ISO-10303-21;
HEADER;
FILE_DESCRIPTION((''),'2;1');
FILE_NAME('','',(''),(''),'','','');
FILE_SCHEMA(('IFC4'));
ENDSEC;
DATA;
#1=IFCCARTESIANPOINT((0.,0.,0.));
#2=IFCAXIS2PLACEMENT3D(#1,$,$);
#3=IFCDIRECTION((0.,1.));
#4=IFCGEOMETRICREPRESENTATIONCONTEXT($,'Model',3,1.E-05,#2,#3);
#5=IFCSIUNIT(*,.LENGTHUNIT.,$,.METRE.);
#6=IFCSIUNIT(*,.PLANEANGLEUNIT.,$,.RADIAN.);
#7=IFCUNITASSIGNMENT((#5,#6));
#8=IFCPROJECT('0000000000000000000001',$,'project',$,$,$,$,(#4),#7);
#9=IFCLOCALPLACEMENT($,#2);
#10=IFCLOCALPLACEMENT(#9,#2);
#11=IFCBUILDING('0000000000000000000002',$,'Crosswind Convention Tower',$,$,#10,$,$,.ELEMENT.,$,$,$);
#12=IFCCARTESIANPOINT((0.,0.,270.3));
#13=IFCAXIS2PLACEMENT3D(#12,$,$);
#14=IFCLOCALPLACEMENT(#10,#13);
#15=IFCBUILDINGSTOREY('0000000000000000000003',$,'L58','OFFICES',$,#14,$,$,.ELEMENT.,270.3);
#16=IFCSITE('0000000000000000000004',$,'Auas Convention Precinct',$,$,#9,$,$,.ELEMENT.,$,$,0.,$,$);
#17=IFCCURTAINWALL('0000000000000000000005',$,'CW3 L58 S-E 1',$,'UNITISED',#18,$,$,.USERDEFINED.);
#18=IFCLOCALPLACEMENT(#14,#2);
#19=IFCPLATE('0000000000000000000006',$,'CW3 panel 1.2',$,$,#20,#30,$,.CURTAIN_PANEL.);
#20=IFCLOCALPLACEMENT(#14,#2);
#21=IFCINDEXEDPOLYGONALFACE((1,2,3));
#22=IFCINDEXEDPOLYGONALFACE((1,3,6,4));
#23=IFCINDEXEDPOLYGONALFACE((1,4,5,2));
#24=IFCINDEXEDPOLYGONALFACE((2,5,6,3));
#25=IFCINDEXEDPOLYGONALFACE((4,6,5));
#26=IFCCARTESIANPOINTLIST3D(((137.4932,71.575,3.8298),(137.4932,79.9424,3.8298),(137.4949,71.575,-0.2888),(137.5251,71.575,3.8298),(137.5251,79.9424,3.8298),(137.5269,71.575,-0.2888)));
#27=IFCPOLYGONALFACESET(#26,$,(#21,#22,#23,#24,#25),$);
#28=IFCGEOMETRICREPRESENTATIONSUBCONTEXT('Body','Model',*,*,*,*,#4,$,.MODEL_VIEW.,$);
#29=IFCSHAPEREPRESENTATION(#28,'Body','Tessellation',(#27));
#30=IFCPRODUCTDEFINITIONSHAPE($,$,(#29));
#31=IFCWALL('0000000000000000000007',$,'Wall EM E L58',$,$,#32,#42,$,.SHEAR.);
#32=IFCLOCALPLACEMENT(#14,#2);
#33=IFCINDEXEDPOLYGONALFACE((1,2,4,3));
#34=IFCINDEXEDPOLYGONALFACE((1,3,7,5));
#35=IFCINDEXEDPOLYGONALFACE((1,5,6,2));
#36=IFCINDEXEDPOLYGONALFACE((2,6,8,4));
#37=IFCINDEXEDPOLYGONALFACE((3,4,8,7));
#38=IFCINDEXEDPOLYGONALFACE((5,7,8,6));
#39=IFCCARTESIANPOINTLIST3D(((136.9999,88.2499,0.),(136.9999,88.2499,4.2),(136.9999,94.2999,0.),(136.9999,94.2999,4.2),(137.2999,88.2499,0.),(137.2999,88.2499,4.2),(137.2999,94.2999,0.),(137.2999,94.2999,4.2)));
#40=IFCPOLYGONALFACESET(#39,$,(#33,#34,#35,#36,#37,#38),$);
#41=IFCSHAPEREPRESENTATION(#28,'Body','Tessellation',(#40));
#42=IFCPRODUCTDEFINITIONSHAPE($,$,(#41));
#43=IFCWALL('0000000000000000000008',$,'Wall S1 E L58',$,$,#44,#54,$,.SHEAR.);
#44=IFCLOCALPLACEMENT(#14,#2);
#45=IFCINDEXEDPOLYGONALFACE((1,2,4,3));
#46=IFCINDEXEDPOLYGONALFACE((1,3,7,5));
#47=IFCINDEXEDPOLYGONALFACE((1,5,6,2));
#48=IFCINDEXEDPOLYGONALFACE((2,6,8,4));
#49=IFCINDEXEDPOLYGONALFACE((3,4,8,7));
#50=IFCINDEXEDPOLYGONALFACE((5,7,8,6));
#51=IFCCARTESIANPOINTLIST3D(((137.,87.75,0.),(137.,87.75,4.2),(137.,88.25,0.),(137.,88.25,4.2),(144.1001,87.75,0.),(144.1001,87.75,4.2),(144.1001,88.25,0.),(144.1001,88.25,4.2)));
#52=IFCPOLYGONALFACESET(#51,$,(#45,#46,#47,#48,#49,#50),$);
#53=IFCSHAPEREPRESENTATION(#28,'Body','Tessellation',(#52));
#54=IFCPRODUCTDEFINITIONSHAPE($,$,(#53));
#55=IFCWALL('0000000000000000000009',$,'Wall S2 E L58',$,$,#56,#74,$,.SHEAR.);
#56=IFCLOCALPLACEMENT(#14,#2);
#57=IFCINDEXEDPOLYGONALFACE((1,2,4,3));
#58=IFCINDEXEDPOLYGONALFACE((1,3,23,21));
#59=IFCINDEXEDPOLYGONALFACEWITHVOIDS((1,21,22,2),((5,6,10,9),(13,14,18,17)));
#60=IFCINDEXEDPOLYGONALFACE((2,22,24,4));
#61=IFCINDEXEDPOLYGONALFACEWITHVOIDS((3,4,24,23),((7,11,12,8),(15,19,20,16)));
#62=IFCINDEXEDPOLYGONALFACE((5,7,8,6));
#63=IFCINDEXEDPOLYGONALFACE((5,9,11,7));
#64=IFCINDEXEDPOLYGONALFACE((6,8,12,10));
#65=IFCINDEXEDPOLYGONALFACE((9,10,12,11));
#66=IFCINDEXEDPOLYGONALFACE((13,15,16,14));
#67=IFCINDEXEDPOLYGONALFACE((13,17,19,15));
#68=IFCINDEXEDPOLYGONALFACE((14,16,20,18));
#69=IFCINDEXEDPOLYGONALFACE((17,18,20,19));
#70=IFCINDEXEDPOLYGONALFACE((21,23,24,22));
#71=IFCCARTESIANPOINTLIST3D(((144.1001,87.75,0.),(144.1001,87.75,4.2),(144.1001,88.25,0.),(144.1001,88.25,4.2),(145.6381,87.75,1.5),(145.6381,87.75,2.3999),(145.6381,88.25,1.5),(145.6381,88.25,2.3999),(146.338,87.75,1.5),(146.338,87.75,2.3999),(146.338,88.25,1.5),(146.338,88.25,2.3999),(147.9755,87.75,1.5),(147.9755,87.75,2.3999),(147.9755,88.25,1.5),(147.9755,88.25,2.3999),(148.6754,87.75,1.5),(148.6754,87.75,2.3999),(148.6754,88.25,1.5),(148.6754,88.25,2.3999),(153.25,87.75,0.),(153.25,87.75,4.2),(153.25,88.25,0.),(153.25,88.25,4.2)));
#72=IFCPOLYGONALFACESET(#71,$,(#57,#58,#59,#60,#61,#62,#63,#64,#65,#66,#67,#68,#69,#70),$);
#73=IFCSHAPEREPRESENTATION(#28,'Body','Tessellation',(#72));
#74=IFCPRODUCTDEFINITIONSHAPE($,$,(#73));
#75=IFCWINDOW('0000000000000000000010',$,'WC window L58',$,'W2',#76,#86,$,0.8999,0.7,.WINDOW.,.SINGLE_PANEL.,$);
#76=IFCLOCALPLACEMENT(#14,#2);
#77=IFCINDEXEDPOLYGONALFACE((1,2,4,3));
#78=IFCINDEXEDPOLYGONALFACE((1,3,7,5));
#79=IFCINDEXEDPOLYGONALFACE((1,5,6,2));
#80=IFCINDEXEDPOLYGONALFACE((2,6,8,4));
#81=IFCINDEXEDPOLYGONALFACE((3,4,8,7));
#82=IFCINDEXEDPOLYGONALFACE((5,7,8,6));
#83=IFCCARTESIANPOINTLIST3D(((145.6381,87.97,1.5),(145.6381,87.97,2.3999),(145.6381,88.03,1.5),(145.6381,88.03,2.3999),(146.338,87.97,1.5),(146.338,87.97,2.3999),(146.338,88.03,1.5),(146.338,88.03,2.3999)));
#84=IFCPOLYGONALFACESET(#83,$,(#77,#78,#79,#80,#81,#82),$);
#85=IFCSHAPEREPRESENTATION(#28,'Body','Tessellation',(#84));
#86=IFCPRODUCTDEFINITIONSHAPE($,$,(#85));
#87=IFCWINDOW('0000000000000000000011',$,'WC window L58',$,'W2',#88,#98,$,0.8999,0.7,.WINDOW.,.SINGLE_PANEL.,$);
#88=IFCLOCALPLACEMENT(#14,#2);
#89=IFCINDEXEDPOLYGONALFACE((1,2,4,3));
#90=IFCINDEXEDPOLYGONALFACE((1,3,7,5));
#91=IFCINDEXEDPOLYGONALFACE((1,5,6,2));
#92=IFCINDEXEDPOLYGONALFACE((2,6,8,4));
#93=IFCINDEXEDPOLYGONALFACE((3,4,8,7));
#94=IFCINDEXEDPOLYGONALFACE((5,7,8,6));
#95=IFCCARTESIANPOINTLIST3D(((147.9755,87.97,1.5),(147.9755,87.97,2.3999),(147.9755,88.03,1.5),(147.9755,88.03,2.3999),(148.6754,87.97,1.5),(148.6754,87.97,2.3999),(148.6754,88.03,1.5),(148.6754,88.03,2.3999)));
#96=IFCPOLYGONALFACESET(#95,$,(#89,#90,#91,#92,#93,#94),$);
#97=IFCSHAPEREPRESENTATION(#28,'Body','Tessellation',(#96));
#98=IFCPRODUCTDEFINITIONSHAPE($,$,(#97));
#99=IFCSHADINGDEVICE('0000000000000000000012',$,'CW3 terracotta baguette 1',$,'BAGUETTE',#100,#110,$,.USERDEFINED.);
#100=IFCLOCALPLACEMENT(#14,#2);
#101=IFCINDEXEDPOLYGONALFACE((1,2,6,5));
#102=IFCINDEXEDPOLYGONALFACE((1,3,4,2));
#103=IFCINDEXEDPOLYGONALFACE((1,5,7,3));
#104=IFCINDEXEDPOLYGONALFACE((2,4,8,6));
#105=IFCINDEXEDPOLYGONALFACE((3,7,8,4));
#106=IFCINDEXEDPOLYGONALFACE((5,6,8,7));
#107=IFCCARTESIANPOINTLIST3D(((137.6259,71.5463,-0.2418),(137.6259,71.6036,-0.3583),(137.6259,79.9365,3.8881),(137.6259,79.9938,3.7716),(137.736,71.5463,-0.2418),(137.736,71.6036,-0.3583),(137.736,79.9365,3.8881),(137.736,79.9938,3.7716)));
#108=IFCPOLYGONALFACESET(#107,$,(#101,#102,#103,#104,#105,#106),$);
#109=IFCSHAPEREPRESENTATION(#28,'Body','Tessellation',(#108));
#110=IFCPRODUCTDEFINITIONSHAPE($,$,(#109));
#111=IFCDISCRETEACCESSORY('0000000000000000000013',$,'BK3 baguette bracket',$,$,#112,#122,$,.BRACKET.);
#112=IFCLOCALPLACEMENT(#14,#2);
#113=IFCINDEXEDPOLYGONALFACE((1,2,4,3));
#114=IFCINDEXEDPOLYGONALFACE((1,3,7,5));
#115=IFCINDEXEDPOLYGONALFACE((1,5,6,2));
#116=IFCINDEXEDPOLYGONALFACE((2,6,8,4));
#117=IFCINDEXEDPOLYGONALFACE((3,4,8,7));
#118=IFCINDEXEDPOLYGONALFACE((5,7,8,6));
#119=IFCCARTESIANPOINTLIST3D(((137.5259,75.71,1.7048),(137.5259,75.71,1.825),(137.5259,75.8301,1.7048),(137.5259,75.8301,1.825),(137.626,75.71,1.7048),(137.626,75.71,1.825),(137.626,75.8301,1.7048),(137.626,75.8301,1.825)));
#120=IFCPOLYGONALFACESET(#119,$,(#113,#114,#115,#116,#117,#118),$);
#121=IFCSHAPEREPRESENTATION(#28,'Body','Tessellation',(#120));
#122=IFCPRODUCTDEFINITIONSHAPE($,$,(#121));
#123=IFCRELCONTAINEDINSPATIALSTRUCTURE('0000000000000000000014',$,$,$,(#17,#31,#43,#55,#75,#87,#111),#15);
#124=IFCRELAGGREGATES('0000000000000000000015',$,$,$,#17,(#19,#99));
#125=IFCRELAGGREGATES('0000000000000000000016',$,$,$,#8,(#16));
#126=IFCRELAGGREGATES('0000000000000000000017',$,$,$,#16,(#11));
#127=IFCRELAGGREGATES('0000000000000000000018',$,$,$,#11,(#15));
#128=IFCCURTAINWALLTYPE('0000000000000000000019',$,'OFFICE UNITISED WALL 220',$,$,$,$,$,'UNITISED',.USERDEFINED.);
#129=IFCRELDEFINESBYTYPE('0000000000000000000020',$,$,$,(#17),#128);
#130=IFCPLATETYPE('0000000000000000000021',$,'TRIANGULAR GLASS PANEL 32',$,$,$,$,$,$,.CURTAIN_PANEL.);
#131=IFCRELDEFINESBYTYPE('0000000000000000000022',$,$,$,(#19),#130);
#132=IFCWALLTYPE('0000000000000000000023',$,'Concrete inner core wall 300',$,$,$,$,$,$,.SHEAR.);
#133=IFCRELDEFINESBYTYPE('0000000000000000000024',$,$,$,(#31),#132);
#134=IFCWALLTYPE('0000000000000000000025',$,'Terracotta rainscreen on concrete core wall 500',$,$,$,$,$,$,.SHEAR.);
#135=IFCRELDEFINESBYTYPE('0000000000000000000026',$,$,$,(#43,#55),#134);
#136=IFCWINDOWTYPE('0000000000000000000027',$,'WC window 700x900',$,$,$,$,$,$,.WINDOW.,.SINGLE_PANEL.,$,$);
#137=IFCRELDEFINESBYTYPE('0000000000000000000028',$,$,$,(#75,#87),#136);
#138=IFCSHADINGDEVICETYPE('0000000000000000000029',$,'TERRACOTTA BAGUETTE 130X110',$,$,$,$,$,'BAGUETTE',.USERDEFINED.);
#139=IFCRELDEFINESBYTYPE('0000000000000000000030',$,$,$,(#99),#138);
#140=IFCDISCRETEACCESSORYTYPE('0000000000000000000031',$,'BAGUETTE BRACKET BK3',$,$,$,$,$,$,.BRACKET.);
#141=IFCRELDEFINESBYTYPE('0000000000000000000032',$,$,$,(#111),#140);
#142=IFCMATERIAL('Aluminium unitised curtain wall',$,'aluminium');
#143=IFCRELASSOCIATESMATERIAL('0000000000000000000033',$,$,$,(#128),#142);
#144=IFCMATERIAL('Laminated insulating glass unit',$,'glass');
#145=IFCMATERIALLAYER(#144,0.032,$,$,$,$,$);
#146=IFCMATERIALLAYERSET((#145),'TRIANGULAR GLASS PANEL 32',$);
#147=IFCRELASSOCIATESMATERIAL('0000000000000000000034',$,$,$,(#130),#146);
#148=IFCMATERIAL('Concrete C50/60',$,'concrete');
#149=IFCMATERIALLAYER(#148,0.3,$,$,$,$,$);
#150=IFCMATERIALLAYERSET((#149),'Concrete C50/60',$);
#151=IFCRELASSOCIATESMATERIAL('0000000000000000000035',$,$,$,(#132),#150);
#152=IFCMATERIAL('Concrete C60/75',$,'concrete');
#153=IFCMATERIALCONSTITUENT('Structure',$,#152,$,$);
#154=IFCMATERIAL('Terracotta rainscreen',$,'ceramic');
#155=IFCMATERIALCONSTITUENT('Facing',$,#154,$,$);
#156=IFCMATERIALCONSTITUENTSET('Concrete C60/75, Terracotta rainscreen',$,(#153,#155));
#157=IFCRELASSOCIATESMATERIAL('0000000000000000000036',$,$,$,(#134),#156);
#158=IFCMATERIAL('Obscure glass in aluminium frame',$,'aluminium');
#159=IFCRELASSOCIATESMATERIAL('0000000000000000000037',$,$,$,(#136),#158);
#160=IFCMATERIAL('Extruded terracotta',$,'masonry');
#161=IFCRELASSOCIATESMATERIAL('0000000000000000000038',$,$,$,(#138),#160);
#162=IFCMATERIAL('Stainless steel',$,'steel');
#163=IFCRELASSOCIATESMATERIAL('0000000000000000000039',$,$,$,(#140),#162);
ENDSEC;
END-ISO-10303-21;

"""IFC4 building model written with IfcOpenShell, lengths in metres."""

from ifc_helpers import new_model, si_unit, direction, frame, frame_2d, origin, origin_2d, place, context, subcontext, project, spatial, polyline, rectangle, outline, extrude, material, layer, layer_set, constituent, constituent_set, material_profile, profile_set, type_object, element, fill, aggregate, save


model = new_model("IFC4")

# Units and contexts
model_context = context("Model", 3, precision=1e-05, world=origin(), true_north=direction((0.0, 1.0)))
body_context = subcontext(model_context, "Body", "Model", "MODEL_VIEW")
ifc_project = project(units=[si_unit("LENGTHUNIT", "METRE"), si_unit("PLANEANGLEUNIT", "RADIAN")], contexts=[model_context])

# Site, building, storey
site_placement = place(None, origin())
site = spatial("IfcSite", under=ifc_project, at=site_placement, Name="Auas Convention Precinct", CompositionType="ELEMENT", RefElevation=0.0)
building_placement = place(site_placement, origin())
building = spatial("IfcBuilding", under=site, at=building_placement, Name="Crosswind Convention Tower", CompositionType="ELEMENT")
storey_placement = place(building_placement, frame((0.0, 0.0, 270.3)))
storey = spatial("IfcBuildingStorey", under=building, at=storey_placement, Name="L58", Description="OFFICES", CompositionType="ELEMENT", Elevation=270.3)

# Shared definitions
ifc_material_1 = material(Name="Concrete C60/75", Category="concrete")

# Shared definitions
ifc_material_2 = material(Name="Aluminium unitised curtain wall", Category="aluminium")

# Curtain wall
curtain_wall_type_1 = type_object("IfcCurtainWallType", Name="OFFICE UNITISED WALL 220", ElementType="UNITISED", PredefinedType="USERDEFINED", material=ifc_material_2)
curtain_wall_1_placement = place(storey_placement, origin())
curtain_wall_1 = element("IfcCurtainWall", 1, at=curtain_wall_1_placement, inside=storey, type_object=curtain_wall_type_1, Name="CW3 L58 S-E 1", ObjectType="UNITISED", PredefinedType="USERDEFINED")

# Plate
ifc_material_3 = material(Name="Laminated insulating glass unit", Category="glass")
ifc_layer_1 = layer(ifc_material_3, 0.032)
ifc_layer_set_1 = layer_set([ifc_layer_1], Name="TRIANGULAR GLASS PANEL 32")
plate_type_1 = type_object("IfcPlateType", Name="TRIANGULAR GLASS PANEL 32", PredefinedType="CURTAIN_PANEL", material=ifc_layer_set_1)
plate_1_placement = place(storey_placement, frame((137.5251, 71.575, 3.8298), z_axis=(1.0, 0.0, 0.000415), x_axis=(0.000415, 0.0, -1.0)))
plate_1 = element("IfcPlate", 2, at=plate_1_placement, type_object=plate_type_1, Name="CW3 panel 1.2", PredefinedType="CURTAIN_PANEL", context=body_context, shape_type="SweptSolid", body=[
    extrude(outline(polyline([(0.0, 0.0), (4.1187, 0.0), (0.0, 8.3674), (0.0, 0.0)])), origin(), (0.0, 0.0, -1.0), 0.032),
])

# Walls
ifc_material_4 = material(Name="Concrete C50/60", Category="concrete")
ifc_layer_2 = layer(ifc_material_4, 0.3)
ifc_layer_set_2 = layer_set([ifc_layer_2], Name="Concrete C50/60")
wall_type_1 = type_object("IfcWallType", Name="Concrete inner core wall 300", PredefinedType="SHEAR", material=ifc_layer_set_2)
wall_1_placement = place(storey_placement, frame((137.1499, 88.25, 0.0), z_axis=(0.0, 0.0, 1.0), x_axis=(0.0, 1.0, 0.0)))
element("IfcWall", 3, at=wall_1_placement, inside=storey, type_object=wall_type_1, Name="Wall EM E L58", PredefinedType="SHEAR", context=body_context, shape_type="SweptSolid", body=[
    extrude(rectangle(XDim=6.05, YDim=0.3, at=frame_2d((3.0249, 0.0))), origin(), (0.0, 0.0, 1.0), 4.2),
])
ifc_constituent_1 = constituent(ifc_material_1, Name="Structure")
ifc_material_5 = material(Name="Terracotta rainscreen", Category="ceramic")
ifc_constituent_2 = constituent(ifc_material_5, Name="Facing")
ifc_constituent_set = constituent_set(constituents=[ifc_constituent_1, ifc_constituent_2], Name="Concrete C60/75, Terracotta rainscreen")
wall_type_2 = type_object("IfcWallType", Name="Terracotta rainscreen on concrete core wall 500", PredefinedType="SHEAR", material=ifc_constituent_set)
wall_2_placement = place(storey_placement, frame((137.0, 88.0, 0.0), z_axis=(0.0, 0.0, 1.0), x_axis=(1.0, 0.0, 0.0)))
element("IfcWall", 4, at=wall_2_placement, inside=storey, type_object=wall_type_2, Name="Wall S1 E L58", PredefinedType="SHEAR", context=body_context, shape_type="SweptSolid", body=[
    extrude(rectangle(XDim=7.1001, YDim=0.5, at=frame_2d((3.55, 0.0))), origin(), (0.0, 0.0, 1.0), 4.2),
])

# Wall, openings, windows
wall_3_placement = place(storey_placement, frame((144.1001, 88.0, 0.0), z_axis=(0.0, 0.0, 1.0), x_axis=(1.0, 0.0, 0.0)))
wall_3 = element("IfcWall", 5, at=wall_3_placement, inside=storey, type_object=wall_type_2, Name="Wall S2 E L58", PredefinedType="SHEAR", context=body_context, shape_type="SweptSolid", body=[
    extrude(rectangle(XDim=9.1499, YDim=0.5, at=frame_2d((4.575, 0.0))), origin(), (0.0, 0.0, 1.0), 4.2),
])
opening_1_placement = place(wall_3_placement, frame((1.5378, 0.0, 1.5)))
opening_1 = element("IfcOpeningElement", 6, at=opening_1_placement, cuts=wall_3, PredefinedType="OPENING", context=body_context, shape_type="SweptSolid", body=[
    extrude(rectangle(XDim=0.7, YDim=0.8999, at=frame_2d((0.3501, 0.45))), frame((0.0, 0.26, 0.0), z_axis=(0.0, -1.0, 0.0), x_axis=(1.0, 0.0, 0.0)), (0.0, 0.0, 1.0), 0.52),
])
opening_2_placement = place(wall_3_placement, frame((3.8752, 0.0, 1.5)))
opening_2 = element("IfcOpeningElement", 7, at=opening_2_placement, cuts=wall_3, PredefinedType="OPENING", context=body_context, shape_type="SweptSolid", body=[
    extrude(rectangle(XDim=0.7, YDim=0.8999, at=frame_2d((0.3501, 0.45))), frame((0.0, 0.26, 0.0), z_axis=(0.0, -1.0, 0.0), x_axis=(1.0, 0.0, 0.0)), (0.0, 0.0, 1.0), 0.52),
])
ifc_material_6 = material(Name="Obscure glass in aluminium frame", Category="aluminium")
window_type = type_object("IfcWindowType", Name="WC window 700x900", PartitioningType="SINGLE_PANEL", PredefinedType="WINDOW", material=ifc_material_6)
window_1_placement = place(opening_1_placement, origin())
window_1 = element("IfcWindow", 8, at=window_1_placement, inside=storey, type_object=window_type, Name="WC window L58", ObjectType="W2", OverallHeight=0.8999, OverallWidth=0.7, PartitioningType="SINGLE_PANEL", PredefinedType="WINDOW", context=body_context, shape_type="SweptSolid", body=[
    extrude(rectangle(XDim=0.7, YDim=0.8999, at=frame_2d((0.3501, 0.45))), frame((0.0, 0.03, 0.0), z_axis=(0.0, -1.0, 0.0), x_axis=(1.0, 0.0, 0.0)), (0.0, 0.0, 1.0), 0.0601),
])
fill(opening_1, window_1)
window_2_placement = place(opening_2_placement, origin())
window_2 = element("IfcWindow", 9, at=window_2_placement, inside=storey, type_object=window_type, Name="WC window L58", ObjectType="W2", OverallHeight=0.8999, OverallWidth=0.7, PartitioningType="SINGLE_PANEL", PredefinedType="WINDOW", context=body_context, shape_type="SweptSolid", body=[
    extrude(rectangle(XDim=0.7, YDim=0.8999, at=frame_2d((0.3501, 0.45))), frame((0.0, 0.03, 0.0), z_axis=(0.0, -1.0, 0.0), x_axis=(1.0, 0.0, 0.0)), (0.0, 0.0, 1.0), 0.0601),
])
fill(opening_2, window_2)

# Shading device
ifc_material_7 = material(Name="Extruded terracotta", Category="masonry")
ifc_material_profile_1 = material_profile(ifc_material_7, rectangle(XDim=0.1101, YDim=0.1299, at=origin_2d()), Name="TC 110X130")
ifc_profile_set_1 = profile_set([ifc_material_profile_1], Name="Extruded terracotta")
shading_device_type = type_object("IfcShadingDeviceType", Name="TERRACOTTA BAGUETTE 130X110", ElementType="BAGUETTE", PredefinedType="USERDEFINED", material=ifc_profile_set_1)
shading_device_placement = place(storey_placement, frame((137.6809, 71.575, -0.3), z_axis=(0.0, 0.897198, 0.441628), x_axis=(-1.0, 0.0, 0.0)))
shading_device = element("IfcShadingDevice", 10, at=shading_device_placement, type_object=shading_device_type, Name="CW3 terracotta baguette 1", ObjectType="BAGUETTE", PredefinedType="USERDEFINED", context=body_context, shape_type="SweptSolid", body=[
    extrude(rectangle(XDim=0.1101, YDim=0.1299, at=origin_2d()), origin(), (0.0, 0.0, 1.0), 9.3516),
])
aggregate(curtain_wall_1, [plate_1, shading_device])

# Discrete accessory
ifc_material_8 = material(Name="Stainless steel", Category="steel")
discrete_accessory_type = type_object("IfcDiscreteAccessoryType", Name="BAGUETTE BRACKET BK3", PredefinedType="BRACKET", material=ifc_material_8)
discrete_accessory_placement = place(storey_placement, frame((137.5759, 75.77, 1.7048), z_axis=(0.0, 0.0, 1.0), x_axis=(0.0, 1.0, 0.0)))
element("IfcDiscreteAccessory", 11, at=discrete_accessory_placement, inside=storey, type_object=discrete_accessory_type, Name="BK3 baguette bracket", PredefinedType="BRACKET", context=body_context, shape_type="SweptSolid", body=[
    extrude(rectangle(XDim=0.1201, YDim=0.1001, at=origin_2d()), origin(), (0.0, 0.0, 1.0), 0.1201),
])

save(model, "model.ifc")
